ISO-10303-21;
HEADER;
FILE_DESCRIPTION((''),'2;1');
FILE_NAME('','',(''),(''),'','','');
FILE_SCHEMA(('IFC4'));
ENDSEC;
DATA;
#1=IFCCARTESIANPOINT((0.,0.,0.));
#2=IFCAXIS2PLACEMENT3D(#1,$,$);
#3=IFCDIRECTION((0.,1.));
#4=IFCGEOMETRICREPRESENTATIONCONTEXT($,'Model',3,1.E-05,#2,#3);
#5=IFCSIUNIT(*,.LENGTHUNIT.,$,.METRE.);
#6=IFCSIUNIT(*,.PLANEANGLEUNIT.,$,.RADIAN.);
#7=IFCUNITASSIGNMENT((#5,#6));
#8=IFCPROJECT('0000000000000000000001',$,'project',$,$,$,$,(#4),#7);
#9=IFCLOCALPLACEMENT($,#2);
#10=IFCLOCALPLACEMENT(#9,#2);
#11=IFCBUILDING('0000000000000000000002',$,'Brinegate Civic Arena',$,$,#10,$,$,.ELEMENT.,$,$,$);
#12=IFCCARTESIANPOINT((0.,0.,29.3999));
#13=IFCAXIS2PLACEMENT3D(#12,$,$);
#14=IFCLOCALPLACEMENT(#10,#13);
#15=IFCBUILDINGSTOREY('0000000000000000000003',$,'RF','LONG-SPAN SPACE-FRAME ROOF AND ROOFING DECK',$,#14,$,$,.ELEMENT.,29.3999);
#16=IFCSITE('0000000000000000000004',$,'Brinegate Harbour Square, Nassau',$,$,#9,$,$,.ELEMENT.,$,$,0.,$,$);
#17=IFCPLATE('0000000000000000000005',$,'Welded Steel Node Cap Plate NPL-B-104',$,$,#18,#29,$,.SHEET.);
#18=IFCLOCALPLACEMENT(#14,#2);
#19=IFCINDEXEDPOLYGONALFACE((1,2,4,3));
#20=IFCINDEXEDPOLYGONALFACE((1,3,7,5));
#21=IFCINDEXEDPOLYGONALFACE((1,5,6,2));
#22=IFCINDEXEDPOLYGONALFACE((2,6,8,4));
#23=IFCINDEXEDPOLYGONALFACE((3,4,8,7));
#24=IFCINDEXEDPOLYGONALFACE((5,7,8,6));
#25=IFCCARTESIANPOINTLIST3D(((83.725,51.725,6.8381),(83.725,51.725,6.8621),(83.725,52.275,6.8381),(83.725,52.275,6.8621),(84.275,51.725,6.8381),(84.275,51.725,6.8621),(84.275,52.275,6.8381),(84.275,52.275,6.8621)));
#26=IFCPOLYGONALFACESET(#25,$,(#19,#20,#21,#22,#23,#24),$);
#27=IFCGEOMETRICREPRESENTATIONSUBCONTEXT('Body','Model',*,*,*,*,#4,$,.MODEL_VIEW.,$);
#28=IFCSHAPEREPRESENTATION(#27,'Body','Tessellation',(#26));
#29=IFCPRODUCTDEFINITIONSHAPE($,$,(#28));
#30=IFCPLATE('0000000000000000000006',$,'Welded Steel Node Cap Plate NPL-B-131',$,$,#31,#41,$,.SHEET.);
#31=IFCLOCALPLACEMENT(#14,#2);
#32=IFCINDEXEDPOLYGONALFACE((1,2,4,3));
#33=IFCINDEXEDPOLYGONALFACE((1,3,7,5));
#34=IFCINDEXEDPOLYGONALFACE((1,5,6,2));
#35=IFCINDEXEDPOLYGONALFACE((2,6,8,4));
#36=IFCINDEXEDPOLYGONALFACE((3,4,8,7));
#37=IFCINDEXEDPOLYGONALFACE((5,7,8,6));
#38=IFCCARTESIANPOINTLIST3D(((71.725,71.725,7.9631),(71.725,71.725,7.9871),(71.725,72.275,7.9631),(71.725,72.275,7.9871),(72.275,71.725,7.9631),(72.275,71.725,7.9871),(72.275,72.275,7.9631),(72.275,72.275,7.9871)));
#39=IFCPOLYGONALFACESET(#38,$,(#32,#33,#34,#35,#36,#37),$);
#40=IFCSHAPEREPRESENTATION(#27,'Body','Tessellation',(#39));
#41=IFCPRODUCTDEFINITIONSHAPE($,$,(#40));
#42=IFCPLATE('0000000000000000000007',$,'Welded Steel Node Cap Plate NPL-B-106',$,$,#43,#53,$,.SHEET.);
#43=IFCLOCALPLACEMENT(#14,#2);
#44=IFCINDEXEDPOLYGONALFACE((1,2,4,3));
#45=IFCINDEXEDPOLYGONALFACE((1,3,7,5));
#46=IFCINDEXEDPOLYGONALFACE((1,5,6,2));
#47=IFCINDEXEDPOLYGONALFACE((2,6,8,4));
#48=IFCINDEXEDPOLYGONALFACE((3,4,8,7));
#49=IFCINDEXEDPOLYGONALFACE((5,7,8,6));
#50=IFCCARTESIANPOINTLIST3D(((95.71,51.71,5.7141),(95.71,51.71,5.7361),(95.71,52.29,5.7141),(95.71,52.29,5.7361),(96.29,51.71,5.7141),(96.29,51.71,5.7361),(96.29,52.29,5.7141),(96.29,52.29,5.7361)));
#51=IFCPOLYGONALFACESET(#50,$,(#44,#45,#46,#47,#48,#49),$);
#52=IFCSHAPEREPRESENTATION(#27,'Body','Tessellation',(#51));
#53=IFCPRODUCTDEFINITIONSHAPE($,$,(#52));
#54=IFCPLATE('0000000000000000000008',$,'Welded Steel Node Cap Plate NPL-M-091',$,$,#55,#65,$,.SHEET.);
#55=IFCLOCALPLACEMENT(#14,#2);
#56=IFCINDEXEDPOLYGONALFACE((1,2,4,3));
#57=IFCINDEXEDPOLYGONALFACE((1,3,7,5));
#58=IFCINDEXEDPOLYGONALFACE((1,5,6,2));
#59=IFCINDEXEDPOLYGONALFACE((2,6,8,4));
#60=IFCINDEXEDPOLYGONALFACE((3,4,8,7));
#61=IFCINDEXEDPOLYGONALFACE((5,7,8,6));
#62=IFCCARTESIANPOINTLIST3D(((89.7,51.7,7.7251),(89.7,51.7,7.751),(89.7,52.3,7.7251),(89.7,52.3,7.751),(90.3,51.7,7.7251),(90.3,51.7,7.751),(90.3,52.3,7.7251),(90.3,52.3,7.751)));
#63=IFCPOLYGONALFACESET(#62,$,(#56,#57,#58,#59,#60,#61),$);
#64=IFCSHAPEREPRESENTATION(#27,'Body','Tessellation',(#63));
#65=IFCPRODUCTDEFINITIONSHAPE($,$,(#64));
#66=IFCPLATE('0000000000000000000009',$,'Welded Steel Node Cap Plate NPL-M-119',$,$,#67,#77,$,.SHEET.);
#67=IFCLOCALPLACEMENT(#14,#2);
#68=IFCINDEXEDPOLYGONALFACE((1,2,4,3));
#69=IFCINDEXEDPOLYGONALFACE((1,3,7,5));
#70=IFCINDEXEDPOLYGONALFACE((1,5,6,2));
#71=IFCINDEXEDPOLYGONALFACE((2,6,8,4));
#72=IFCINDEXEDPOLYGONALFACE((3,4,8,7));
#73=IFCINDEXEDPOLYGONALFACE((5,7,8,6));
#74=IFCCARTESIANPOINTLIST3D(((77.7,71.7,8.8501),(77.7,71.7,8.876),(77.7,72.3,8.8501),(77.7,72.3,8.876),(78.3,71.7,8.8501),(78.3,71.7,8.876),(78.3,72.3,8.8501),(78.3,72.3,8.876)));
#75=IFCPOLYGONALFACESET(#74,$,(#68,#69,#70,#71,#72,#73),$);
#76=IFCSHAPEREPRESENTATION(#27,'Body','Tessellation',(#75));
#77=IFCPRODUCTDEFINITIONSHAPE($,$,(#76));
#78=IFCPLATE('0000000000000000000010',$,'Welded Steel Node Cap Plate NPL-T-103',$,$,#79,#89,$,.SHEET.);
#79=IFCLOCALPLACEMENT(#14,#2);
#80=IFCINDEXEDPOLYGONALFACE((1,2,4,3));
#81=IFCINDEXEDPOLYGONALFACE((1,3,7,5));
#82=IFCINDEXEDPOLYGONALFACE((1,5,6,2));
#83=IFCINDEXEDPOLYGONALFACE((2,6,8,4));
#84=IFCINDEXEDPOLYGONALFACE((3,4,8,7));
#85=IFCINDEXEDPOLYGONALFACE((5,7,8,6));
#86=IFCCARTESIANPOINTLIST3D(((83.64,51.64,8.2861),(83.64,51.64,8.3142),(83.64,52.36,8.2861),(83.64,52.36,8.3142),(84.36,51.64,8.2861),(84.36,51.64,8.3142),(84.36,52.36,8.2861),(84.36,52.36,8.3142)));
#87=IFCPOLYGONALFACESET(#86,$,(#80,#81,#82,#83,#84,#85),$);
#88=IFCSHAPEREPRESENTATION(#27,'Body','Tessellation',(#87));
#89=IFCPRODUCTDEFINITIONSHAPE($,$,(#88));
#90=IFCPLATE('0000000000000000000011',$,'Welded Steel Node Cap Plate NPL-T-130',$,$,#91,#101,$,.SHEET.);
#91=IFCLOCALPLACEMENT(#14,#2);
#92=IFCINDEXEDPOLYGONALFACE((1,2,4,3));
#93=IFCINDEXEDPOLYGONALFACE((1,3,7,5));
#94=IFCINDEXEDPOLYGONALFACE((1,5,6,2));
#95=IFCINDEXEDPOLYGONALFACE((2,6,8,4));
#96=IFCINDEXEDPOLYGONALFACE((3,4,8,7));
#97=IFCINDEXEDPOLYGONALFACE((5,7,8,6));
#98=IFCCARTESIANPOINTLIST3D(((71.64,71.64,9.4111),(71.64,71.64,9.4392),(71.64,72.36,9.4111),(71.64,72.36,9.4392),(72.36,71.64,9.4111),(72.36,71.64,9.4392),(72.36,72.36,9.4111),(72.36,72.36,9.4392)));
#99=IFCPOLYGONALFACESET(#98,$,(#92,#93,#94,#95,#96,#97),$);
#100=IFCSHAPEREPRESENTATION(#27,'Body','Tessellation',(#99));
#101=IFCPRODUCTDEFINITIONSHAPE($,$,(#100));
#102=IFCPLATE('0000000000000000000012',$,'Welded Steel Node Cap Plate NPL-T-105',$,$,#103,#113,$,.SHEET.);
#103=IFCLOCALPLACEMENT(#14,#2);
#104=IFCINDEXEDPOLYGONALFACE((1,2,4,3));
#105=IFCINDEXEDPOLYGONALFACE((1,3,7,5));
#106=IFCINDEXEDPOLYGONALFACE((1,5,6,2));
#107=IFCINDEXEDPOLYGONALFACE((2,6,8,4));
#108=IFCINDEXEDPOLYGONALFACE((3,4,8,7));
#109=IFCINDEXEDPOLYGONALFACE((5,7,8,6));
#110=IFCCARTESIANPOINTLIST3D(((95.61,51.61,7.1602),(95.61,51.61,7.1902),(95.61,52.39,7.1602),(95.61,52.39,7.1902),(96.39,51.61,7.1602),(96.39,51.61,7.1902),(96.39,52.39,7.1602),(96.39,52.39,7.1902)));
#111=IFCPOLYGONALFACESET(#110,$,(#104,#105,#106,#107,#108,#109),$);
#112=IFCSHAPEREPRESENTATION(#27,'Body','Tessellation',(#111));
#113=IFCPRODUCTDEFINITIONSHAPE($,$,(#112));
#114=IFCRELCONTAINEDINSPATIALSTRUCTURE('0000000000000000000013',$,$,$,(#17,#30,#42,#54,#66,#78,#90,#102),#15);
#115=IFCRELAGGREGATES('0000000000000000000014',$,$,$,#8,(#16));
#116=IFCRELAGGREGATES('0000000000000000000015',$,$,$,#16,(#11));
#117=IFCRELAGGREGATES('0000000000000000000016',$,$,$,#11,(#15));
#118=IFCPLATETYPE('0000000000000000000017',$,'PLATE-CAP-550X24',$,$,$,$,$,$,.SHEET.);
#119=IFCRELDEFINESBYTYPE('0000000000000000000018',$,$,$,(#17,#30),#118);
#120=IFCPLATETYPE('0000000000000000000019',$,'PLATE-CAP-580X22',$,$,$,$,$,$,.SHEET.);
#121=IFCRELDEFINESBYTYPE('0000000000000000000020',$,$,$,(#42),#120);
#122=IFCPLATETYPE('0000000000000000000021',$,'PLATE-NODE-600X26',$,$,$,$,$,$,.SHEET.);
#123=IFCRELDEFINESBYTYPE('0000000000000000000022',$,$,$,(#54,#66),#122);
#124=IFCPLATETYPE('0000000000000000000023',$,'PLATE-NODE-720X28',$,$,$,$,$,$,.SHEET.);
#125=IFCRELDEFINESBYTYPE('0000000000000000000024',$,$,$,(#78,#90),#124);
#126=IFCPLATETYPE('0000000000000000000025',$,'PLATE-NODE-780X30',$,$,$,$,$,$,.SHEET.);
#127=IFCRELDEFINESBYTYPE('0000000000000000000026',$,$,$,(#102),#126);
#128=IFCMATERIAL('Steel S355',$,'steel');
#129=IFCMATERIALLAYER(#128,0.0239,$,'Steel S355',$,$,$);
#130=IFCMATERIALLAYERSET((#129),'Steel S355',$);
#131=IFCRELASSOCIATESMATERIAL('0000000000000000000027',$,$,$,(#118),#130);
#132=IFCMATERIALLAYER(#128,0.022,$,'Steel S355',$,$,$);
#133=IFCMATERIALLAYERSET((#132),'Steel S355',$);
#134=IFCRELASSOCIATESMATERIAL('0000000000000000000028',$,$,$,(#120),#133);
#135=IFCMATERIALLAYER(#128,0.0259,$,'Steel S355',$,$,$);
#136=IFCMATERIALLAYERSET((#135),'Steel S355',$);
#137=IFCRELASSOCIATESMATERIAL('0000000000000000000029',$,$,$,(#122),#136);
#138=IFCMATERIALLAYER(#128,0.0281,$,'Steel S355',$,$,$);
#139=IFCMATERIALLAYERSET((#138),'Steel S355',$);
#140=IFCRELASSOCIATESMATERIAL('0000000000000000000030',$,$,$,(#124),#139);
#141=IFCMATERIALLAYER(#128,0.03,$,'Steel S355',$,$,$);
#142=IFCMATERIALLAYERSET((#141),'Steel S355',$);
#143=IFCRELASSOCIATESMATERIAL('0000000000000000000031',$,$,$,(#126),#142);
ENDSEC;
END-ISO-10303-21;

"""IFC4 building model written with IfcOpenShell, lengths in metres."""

from ifc_helpers import new_model, si_unit, direction, frame, origin, origin_2d, place, context, subcontext, project, spatial, rectangle, extrude, material, layer, layer_set, type_object, element, save


model = new_model("IFC4")

# Units and contexts
model_context = context("Model", 3, precision=1e-05, world=origin(), true_north=direction((0.0, 1.0)))
body_context = subcontext(model_context, "Body", "Model", "MODEL_VIEW")
ifc_project = project(units=[si_unit("LENGTHUNIT", "METRE"), si_unit("PLANEANGLEUNIT", "RADIAN")], contexts=[model_context])

# Site, building, storey
site_placement = place(None, origin())
site = spatial("IfcSite", under=ifc_project, at=site_placement, Name="Brinegate Harbour Square, Nassau", CompositionType="ELEMENT", RefElevation=0.0)
building_placement = place(site_placement, origin())
building = spatial("IfcBuilding", under=site, at=building_placement, Name="Brinegate Civic Arena", CompositionType="ELEMENT")
storey_placement = place(building_placement, frame((0.0, 0.0, 29.3999)))
storey = spatial("IfcBuildingStorey", under=building, at=storey_placement, Name="RF", Description="LONG-SPAN SPACE-FRAME ROOF AND ROOFING DECK", CompositionType="ELEMENT", Elevation=29.3999)

# Shared definitions
ifc_material = material(Name="Steel S355", Category="steel")

# Plates
ifc_layer_1 = layer(ifc_material, 0.0239, Name="Steel S355")
ifc_layer_set_1 = layer_set([ifc_layer_1], Name="Steel S355")
plate_type_1 = type_object("IfcPlateType", Name="PLATE-CAP-550X24", PredefinedType="SHEET", material=ifc_layer_set_1)
for number, where, z_axis, x_axis, name in (
    (1, (84.0, 52.0, 6.8381), (0.0, 0.0, 1.0), (1.0, 0.0, 0.0), "Welded Steel Node Cap Plate NPL-B-104"),
    (2, (72.0, 72.0, 7.9631), (0.0, 0.0, 1.0), (1.0, 0.0, 0.0), "Welded Steel Node Cap Plate NPL-B-131"),
):
    element("IfcPlate", number, at=place(storey_placement, frame(where, z_axis=z_axis, x_axis=x_axis)), inside=storey, type_object=plate_type_1, Name=name, PredefinedType="SHEET", context=body_context, shape_type="SweptSolid", body=[
        extrude(rectangle(XDim=0.55, YDim=0.55, at=origin_2d()), origin(), (0.0, 0.0, 1.0), 0.0239),
    ])
ifc_layer_2 = layer(ifc_material, 0.022, Name="Steel S355")
ifc_layer_set_2 = layer_set([ifc_layer_2], Name="Steel S355")
plate_type_2 = type_object("IfcPlateType", Name="PLATE-CAP-580X22", PredefinedType="SHEET", material=ifc_layer_set_2)
plate_1_placement = place(storey_placement, frame((96.0, 52.0, 5.7141), z_axis=(0.0, 0.0, 1.0), x_axis=(1.0, 0.0, 0.0)))
element("IfcPlate", 3, at=plate_1_placement, inside=storey, type_object=plate_type_2, Name="Welded Steel Node Cap Plate NPL-B-106", PredefinedType="SHEET", context=body_context, shape_type="SweptSolid", body=[
    extrude(rectangle(XDim=0.5801, YDim=0.5801, at=origin_2d()), origin(), (0.0, 0.0, 1.0), 0.022),
])
ifc_layer_3 = layer(ifc_material, 0.0259, Name="Steel S355")
ifc_layer_set_3 = layer_set([ifc_layer_3], Name="Steel S355")
plate_type_3 = type_object("IfcPlateType", Name="PLATE-NODE-600X26", PredefinedType="SHEET", material=ifc_layer_set_3)
for number, where, z_axis, x_axis, name in (
    (4, (90.0, 52.0, 7.7251), (0.0, 0.0, 1.0), (1.0, 0.0, 0.0), "Welded Steel Node Cap Plate NPL-M-091"),
    (5, (78.0, 72.0, 8.8501), (0.0, 0.0, 1.0), (1.0, 0.0, 0.0), "Welded Steel Node Cap Plate NPL-M-119"),
):
    element("IfcPlate", number, at=place(storey_placement, frame(where, z_axis=z_axis, x_axis=x_axis)), inside=storey, type_object=plate_type_3, Name=name, PredefinedType="SHEET", context=body_context, shape_type="SweptSolid", body=[
        extrude(rectangle(XDim=0.6001, YDim=0.6001, at=origin_2d()), origin(), (0.0, 0.0, 1.0), 0.0259),
    ])
ifc_layer_4 = layer(ifc_material, 0.0281, Name="Steel S355")
ifc_layer_set_4 = layer_set([ifc_layer_4], Name="Steel S355")
plate_type_4 = type_object("IfcPlateType", Name="PLATE-NODE-720X28", PredefinedType="SHEET", material=ifc_layer_set_4)
for number, where, z_axis, x_axis, name in (
    (6, (84.0, 52.0, 8.2861), (0.0, 0.0, 1.0), (1.0, 0.0, 0.0), "Welded Steel Node Cap Plate NPL-T-103"),
    (7, (72.0, 72.0, 9.4111), (0.0, 0.0, 1.0), (1.0, 0.0, 0.0), "Welded Steel Node Cap Plate NPL-T-130"),
):
    element("IfcPlate", number, at=place(storey_placement, frame(where, z_axis=z_axis, x_axis=x_axis)), inside=storey, type_object=plate_type_4, Name=name, PredefinedType="SHEET", context=body_context, shape_type="SweptSolid", body=[
        extrude(rectangle(XDim=0.72, YDim=0.72, at=origin_2d()), origin(), (0.0, 0.0, 1.0), 0.0281),
    ])
ifc_layer_5 = layer(ifc_material, 0.03, Name="Steel S355")
ifc_layer_set_5 = layer_set([ifc_layer_5], Name="Steel S355")
plate_type_5 = type_object("IfcPlateType", Name="PLATE-NODE-780X30", PredefinedType="SHEET", material=ifc_layer_set_5)
plate_2_placement = place(storey_placement, frame((96.0, 52.0, 7.1602), z_axis=(0.0, 0.0, 1.0), x_axis=(1.0, 0.0, 0.0)))
element("IfcPlate", 8, at=plate_2_placement, inside=storey, type_object=plate_type_5, Name="Welded Steel Node Cap Plate NPL-T-105", PredefinedType="SHEET", context=body_context, shape_type="SweptSolid", body=[
    extrude(rectangle(XDim=0.78, YDim=0.78, at=origin_2d()), origin(), (0.0, 0.0, 1.0), 0.03),
])

save(model, "model.ifc")
